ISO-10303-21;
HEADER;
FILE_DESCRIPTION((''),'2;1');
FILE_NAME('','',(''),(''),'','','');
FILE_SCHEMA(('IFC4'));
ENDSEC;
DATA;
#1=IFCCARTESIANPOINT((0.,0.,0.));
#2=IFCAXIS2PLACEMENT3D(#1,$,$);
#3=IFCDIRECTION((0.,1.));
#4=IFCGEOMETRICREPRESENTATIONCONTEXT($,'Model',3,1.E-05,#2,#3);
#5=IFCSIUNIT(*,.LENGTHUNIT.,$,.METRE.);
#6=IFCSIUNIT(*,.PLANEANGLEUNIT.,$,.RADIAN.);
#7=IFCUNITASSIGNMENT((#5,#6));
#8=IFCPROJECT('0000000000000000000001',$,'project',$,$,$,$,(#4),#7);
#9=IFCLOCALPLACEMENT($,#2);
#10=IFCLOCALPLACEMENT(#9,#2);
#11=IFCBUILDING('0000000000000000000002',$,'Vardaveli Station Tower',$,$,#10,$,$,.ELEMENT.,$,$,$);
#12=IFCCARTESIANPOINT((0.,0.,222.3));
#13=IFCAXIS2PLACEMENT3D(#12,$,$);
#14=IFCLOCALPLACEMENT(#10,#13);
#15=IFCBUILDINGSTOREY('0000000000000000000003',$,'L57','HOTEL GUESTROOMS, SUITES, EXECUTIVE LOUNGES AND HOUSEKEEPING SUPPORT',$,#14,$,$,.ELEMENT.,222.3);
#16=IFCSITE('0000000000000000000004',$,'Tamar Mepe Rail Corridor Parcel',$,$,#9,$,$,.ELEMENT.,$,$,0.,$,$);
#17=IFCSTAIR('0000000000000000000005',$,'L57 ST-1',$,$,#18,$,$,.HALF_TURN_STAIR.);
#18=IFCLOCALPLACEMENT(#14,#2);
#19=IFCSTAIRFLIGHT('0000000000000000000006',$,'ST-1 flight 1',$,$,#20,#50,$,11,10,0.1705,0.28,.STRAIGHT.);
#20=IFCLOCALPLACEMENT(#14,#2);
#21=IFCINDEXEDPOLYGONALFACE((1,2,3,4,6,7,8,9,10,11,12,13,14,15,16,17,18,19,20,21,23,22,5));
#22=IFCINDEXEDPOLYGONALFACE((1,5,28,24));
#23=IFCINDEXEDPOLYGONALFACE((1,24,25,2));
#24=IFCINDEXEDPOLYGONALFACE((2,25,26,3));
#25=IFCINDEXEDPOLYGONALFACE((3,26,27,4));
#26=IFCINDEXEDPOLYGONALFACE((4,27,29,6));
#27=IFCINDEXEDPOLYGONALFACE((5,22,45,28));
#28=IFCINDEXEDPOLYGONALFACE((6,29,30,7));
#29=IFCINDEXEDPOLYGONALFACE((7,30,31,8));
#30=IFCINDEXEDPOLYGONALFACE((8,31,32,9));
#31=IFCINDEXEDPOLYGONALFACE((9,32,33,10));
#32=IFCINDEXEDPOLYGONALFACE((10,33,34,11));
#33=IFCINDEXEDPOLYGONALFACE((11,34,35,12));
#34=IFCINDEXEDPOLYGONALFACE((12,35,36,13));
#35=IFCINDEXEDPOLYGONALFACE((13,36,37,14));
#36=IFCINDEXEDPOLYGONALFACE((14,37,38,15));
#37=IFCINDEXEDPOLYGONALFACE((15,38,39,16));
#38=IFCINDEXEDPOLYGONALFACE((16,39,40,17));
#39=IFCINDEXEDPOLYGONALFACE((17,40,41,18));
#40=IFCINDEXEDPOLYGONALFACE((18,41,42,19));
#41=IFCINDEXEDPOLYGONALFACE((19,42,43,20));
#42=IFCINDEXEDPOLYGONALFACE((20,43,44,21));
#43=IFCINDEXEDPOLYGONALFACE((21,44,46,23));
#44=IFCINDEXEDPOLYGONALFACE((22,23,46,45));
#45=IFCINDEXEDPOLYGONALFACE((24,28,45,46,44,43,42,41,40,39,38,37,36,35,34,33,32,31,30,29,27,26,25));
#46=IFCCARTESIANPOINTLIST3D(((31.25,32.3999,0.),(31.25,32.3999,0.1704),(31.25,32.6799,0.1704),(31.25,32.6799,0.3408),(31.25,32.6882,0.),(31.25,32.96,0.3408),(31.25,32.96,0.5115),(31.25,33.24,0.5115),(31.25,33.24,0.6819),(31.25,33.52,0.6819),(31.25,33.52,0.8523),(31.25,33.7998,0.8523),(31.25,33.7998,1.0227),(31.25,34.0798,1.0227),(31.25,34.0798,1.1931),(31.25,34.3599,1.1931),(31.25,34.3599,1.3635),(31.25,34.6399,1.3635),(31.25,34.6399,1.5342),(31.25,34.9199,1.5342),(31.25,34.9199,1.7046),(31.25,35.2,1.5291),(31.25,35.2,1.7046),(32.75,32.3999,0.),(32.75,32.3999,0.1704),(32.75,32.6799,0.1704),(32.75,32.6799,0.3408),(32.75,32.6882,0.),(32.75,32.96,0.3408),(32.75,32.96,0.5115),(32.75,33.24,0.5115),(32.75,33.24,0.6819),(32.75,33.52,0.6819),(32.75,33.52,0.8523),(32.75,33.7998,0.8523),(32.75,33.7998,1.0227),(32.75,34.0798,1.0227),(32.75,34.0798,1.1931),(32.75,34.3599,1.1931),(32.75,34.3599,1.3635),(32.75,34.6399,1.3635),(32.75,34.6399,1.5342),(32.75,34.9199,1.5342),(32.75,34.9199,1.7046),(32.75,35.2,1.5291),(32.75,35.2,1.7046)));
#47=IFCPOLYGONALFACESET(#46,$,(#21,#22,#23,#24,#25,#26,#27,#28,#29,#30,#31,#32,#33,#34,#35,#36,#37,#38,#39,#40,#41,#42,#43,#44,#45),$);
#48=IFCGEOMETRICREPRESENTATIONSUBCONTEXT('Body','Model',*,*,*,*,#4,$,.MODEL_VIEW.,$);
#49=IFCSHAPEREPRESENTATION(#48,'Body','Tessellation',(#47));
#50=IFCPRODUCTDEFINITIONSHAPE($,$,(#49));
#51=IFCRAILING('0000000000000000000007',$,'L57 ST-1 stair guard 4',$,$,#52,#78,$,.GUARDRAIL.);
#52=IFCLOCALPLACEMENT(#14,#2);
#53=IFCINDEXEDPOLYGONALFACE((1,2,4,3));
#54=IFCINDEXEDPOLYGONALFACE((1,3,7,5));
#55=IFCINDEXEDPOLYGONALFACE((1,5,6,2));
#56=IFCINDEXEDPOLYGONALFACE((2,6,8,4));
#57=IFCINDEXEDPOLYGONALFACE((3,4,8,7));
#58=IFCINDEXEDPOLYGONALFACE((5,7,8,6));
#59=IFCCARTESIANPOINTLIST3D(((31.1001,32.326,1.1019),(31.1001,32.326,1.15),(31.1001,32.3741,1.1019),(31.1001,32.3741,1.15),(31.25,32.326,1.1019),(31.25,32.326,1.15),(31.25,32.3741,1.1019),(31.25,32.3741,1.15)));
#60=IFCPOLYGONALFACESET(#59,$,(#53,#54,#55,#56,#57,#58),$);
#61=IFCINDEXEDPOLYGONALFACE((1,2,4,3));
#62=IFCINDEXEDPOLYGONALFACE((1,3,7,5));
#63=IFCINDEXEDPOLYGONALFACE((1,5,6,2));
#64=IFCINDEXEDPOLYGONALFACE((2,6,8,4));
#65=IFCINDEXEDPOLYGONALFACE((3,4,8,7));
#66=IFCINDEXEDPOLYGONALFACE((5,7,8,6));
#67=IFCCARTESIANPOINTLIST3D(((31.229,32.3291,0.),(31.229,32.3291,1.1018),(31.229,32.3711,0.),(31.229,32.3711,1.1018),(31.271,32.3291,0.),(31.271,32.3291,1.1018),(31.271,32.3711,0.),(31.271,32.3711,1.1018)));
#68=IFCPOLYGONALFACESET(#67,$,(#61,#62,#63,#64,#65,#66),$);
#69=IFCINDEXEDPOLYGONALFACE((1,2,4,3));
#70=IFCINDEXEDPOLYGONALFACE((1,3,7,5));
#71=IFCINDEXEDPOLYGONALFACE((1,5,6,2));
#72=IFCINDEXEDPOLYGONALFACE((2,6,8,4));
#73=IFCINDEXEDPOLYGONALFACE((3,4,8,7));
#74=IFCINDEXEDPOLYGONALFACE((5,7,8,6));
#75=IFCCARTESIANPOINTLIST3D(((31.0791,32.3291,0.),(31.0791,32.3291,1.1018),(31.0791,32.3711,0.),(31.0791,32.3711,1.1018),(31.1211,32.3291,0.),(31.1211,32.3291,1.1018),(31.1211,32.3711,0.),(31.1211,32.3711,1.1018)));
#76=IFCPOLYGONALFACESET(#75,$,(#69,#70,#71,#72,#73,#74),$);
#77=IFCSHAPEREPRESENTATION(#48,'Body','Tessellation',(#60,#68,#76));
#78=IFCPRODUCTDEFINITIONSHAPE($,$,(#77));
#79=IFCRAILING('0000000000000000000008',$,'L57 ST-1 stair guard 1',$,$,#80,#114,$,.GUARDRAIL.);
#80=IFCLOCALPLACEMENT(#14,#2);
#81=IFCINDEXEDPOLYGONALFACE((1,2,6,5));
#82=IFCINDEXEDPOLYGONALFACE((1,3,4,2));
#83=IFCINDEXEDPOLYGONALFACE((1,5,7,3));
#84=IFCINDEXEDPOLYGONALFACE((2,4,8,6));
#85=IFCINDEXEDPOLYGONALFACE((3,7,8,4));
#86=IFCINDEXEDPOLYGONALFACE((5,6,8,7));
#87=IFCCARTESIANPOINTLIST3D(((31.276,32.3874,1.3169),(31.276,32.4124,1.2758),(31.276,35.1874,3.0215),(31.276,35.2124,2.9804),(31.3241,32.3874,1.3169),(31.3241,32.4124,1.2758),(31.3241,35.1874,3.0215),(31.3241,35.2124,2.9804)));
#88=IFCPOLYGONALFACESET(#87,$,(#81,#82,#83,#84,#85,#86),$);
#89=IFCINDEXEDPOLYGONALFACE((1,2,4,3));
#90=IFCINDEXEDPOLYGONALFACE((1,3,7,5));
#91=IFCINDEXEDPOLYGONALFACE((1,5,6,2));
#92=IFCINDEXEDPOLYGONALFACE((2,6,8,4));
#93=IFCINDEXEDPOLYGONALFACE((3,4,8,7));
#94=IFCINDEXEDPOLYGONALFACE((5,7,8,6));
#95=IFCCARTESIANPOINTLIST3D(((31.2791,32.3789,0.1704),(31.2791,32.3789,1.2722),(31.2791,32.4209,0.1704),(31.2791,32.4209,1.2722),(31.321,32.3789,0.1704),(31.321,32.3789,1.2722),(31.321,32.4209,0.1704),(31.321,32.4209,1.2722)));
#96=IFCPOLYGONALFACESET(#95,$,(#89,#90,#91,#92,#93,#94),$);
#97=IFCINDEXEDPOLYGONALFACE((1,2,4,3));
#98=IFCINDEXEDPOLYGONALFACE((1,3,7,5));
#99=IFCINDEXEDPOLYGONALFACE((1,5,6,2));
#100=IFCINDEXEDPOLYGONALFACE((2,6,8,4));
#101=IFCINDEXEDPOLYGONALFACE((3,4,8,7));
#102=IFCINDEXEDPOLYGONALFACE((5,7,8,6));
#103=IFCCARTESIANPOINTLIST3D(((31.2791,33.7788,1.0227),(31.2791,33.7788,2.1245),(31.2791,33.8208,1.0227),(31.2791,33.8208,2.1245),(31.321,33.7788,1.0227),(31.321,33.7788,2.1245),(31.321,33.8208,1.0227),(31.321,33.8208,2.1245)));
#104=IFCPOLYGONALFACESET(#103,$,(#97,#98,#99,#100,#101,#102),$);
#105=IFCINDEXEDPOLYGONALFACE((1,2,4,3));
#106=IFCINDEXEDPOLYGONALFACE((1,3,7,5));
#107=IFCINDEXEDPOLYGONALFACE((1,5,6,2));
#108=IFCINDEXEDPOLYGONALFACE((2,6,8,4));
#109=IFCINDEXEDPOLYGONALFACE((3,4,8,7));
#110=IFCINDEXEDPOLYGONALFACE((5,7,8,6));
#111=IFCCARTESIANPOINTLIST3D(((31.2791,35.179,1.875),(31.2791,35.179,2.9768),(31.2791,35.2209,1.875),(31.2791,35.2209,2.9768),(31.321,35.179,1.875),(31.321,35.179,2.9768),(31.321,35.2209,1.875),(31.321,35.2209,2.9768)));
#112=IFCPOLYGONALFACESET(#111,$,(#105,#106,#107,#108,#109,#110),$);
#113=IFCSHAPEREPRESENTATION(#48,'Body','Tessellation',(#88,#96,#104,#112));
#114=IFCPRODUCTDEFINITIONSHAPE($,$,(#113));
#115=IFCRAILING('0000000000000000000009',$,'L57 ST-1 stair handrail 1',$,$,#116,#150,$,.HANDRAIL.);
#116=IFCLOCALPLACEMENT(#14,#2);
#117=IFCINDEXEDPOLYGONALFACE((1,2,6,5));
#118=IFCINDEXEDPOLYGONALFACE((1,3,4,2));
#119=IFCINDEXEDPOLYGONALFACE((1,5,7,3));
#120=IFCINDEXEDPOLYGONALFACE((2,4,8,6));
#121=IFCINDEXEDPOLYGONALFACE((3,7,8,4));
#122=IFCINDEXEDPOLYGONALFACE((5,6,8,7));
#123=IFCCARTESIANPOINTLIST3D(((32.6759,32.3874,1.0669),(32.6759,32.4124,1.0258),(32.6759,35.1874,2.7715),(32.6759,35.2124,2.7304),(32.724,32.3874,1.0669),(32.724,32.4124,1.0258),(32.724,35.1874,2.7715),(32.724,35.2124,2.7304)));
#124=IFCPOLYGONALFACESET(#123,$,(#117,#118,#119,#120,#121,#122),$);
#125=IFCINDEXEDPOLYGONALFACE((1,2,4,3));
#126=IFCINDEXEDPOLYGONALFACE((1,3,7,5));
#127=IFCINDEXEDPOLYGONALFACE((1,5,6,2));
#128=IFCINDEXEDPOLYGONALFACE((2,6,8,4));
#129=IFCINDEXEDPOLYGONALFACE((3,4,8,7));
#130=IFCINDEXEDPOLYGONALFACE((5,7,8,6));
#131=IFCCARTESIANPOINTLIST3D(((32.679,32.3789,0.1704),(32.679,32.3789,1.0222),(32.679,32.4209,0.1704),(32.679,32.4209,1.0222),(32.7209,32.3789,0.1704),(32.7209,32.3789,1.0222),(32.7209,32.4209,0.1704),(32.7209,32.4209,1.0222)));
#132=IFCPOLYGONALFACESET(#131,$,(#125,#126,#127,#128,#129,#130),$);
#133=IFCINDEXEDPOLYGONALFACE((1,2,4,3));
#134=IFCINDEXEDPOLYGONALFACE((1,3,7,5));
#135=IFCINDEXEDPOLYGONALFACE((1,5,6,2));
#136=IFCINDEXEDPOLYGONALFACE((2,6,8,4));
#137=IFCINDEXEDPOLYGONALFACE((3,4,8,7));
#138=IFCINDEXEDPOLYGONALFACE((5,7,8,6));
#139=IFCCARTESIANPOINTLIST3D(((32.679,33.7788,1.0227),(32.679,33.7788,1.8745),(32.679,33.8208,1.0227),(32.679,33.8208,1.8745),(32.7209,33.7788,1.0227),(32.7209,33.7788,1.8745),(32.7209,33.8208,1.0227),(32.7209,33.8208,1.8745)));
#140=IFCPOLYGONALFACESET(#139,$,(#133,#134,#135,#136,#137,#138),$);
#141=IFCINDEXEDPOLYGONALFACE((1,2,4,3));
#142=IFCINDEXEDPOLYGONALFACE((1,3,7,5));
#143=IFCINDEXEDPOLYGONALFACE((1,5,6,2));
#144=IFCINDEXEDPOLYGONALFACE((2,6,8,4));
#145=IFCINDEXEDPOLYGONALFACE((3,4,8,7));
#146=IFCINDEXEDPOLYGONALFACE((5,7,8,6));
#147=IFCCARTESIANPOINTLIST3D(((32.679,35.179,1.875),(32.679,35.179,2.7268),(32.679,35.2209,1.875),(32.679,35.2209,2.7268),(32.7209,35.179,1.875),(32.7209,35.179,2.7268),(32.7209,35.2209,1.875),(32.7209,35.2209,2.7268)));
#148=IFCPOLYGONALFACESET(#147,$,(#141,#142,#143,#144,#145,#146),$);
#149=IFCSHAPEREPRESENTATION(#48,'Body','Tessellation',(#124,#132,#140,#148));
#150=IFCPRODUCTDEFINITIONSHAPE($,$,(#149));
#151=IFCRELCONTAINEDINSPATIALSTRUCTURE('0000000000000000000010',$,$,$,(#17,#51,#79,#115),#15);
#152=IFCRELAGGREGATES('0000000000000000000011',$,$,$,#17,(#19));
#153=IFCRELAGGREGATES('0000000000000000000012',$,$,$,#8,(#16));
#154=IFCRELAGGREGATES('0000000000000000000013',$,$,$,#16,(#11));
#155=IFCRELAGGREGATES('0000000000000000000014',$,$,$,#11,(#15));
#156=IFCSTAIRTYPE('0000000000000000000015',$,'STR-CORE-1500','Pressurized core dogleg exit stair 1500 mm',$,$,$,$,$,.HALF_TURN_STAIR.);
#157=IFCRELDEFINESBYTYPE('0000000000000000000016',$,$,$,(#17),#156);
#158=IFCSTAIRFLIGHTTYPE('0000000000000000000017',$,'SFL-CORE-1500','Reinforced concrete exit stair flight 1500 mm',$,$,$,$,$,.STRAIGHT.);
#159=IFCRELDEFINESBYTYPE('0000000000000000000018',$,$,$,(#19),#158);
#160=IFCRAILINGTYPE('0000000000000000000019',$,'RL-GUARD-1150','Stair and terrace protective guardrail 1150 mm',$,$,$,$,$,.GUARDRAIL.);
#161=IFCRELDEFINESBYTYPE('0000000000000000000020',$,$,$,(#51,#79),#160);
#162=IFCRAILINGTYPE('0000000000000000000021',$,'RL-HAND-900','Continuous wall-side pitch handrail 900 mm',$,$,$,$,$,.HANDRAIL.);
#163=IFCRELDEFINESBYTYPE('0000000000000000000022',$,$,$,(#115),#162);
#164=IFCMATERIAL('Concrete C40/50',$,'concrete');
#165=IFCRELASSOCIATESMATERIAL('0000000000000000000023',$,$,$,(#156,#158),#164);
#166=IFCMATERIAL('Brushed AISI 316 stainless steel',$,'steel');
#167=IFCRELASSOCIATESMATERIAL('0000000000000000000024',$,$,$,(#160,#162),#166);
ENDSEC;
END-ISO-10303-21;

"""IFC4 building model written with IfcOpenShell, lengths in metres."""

from ifc_helpers import new_model, si_unit, direction, frame, origin, origin_2d, place, context, subcontext, project, spatial, polyline, rectangle, outline, extrude, source, transform, mapped, material, type_object, element, aggregate, save


model = new_model("IFC4")

# Units and contexts
model_context = context("Model", 3, precision=1e-05, world=origin(), true_north=direction((0.0, 1.0)))
body_context = subcontext(model_context, "Body", "Model", "MODEL_VIEW")
ifc_project = project(units=[si_unit("LENGTHUNIT", "METRE"), si_unit("PLANEANGLEUNIT", "RADIAN")], contexts=[model_context])

# Site, building, storey
site_placement = place(None, origin())
site = spatial("IfcSite", under=ifc_project, at=site_placement, Name="Tamar Mepe Rail Corridor Parcel", CompositionType="ELEMENT", RefElevation=0.0)
building_placement = place(site_placement, origin())
building = spatial("IfcBuilding", under=site, at=building_placement, Name="Vardaveli Station Tower", CompositionType="ELEMENT")
storey_placement = place(building_placement, frame((0.0, 0.0, 222.3)))
storey = spatial("IfcBuildingStorey", under=building, at=storey_placement, Name="L57", Description="HOTEL GUESTROOMS, SUITES, EXECUTIVE LOUNGES AND HOUSEKEEPING SUPPORT", CompositionType="ELEMENT", Elevation=222.3)

# Shared definitions
ifc_material_1 = material(Name="Concrete C40/50", Category="concrete")

# Stair, stair flight
stair_type = type_object("IfcStairType", Name="STR-CORE-1500", Description="Pressurized core dogleg exit stair 1500 mm", PredefinedType="HALF_TURN_STAIR", material=ifc_material_1)
stair_placement = place(storey_placement, origin())
stair = element("IfcStair", 1, at=stair_placement, inside=storey, type_object=stair_type, Name="L57 ST-1", PredefinedType="HALF_TURN_STAIR")
stair_flight_type = type_object("IfcStairFlightType", Name="SFL-CORE-1500", Description="Reinforced concrete exit stair flight 1500 mm", PredefinedType="STRAIGHT", material=ifc_material_1)
shared_shape_1 = source(origin(), body_context, "Body", "SweptSolid", [
    extrude(outline(polyline([(0.0, 0.0), (0.0, 0.1704), (0.28, 0.1704), (0.28, 0.3408), (0.5601, 0.3408), (0.5601, 0.5115), (0.8401, 0.5115), (0.8401, 0.6819), (1.1201, 0.6819), (1.1201, 0.8523), (1.3999, 0.8523), (1.3999, 1.0227), (1.6799, 1.0227), (1.6799, 1.1931), (1.96, 1.1931), (1.96, 1.3635), (2.24, 1.3635), (2.24, 1.5342), (2.52, 1.5342), (2.52, 1.7046), (2.8, 1.7046), (2.8, 1.875), (2.8, 1.5291), (0.2883, 0.0), (0.0, 0.0)])), frame((0.0, 0.75, 0.0), z_axis=(0.0, -1.0, 0.0), x_axis=(1.0, 0.0, 0.0)), (0.0, 0.0, 1.0), 1.5),
])
stair_flight_placement = place(storey_placement, frame((32.0, 32.3999, 0.0), z_axis=(0.0, 0.0, 1.0), x_axis=(0.0, 1.0, 0.0)))
stair_flight = element("IfcStairFlight", 2, at=stair_flight_placement, type_object=stair_flight_type, Name="ST-1 flight 1", NumberOfRisers=11, NumberOfTreads=10, PredefinedType="STRAIGHT", RiserHeight=0.1705, TreadLength=0.28, context=body_context, shape_type="MappedRepresentation", body=[
    mapped(shared_shape_1, transform((0.0, 0.0, 0.0), scale=1.0)),
])
aggregate(stair, [stair_flight])

# Railings
ifc_material_2 = material(Name="Brushed AISI 316 stainless steel", Category="steel")
railing_type_1 = type_object("IfcRailingType", Name="RL-GUARD-1150", Description="Stair and terrace protective guardrail 1150 mm", PredefinedType="GUARDRAIL", material=ifc_material_2)
shared_shape_2 = source(origin(), body_context, "Body", "SweptSolid", [
    extrude(rectangle(XDim=0.0481, YDim=0.0481, at=origin_2d()), frame((0.0, 0.0, 1.126), z_axis=(-1.0, 0.0, 0.0), x_axis=(0.0, -1.0, 0.0)), (0.0, 0.0, 1.0), 0.1499),
    extrude(rectangle(XDim=0.042, YDim=0.042, at=origin_2d()), origin(), (0.0, 0.0, 1.0), 1.1018),
    extrude(rectangle(XDim=0.042, YDim=0.042, at=origin_2d()), frame((-0.1499, 0.0, 0.0)), (0.0, 0.0, 1.0), 1.1018),
])
railing_1_placement = place(storey_placement, frame((31.25, 32.3501, 0.0)))
element("IfcRailing", 3, at=railing_1_placement, inside=storey, type_object=railing_type_1, Name="L57 ST-1 stair guard 4", PredefinedType="GUARDRAIL", context=body_context, shape_type="MappedRepresentation", body=[
    mapped(shared_shape_2, transform((0.0, 0.0, 0.0), scale=1.0)),
])
shared_shape_3 = source(origin(), body_context, "Body", "SweptSolid", [
    extrude(rectangle(XDim=0.0481, YDim=0.0481, at=origin_2d()), frame((0.0, 0.0, 1.126), z_axis=(0.0, 0.85417, 0.519994), x_axis=(-1.0, 0.0, 0.0)), (0.0, 0.0, 1.0), 3.2781),
    extrude(rectangle(XDim=0.042, YDim=0.042, at=origin_2d()), origin(), (0.0, 0.0, 1.0), 1.1018),
    extrude(rectangle(XDim=0.042, YDim=0.042, at=origin_2d()), frame((0.0, 1.3999, 0.8523)), (0.0, 0.0, 1.0), 1.1018),
    extrude(rectangle(XDim=0.042, YDim=0.042, at=origin_2d()), frame((0.0, 2.8, 1.7046)), (0.0, 0.0, 1.0), 1.1018),
])
railing_2_placement = place(storey_placement, frame((31.3, 32.3999, 0.1704)))
element("IfcRailing", 4, at=railing_2_placement, inside=storey, type_object=railing_type_1, Name="L57 ST-1 stair guard 1", PredefinedType="GUARDRAIL", context=body_context, shape_type="MappedRepresentation", body=[
    mapped(shared_shape_3, transform((0.0, 0.0, 0.0), scale=1.0)),
])
railing_type_2 = type_object("IfcRailingType", Name="RL-HAND-900", Description="Continuous wall-side pitch handrail 900 mm", PredefinedType="HANDRAIL", material=ifc_material_2)
shared_shape_4 = source(origin(), body_context, "Body", "SweptSolid", [
    extrude(rectangle(XDim=0.0481, YDim=0.0481, at=origin_2d()), frame((0.0, 0.0, 0.876), z_axis=(0.0, 0.85417, 0.519994), x_axis=(-1.0, 0.0, 0.0)), (0.0, 0.0, 1.0), 3.2781),
    extrude(rectangle(XDim=0.042, YDim=0.042, at=origin_2d()), origin(), (0.0, 0.0, 1.0), 0.8518),
    extrude(rectangle(XDim=0.042, YDim=0.042, at=origin_2d()), frame((0.0, 1.3999, 0.8523)), (0.0, 0.0, 1.0), 0.8518),
    extrude(rectangle(XDim=0.042, YDim=0.042, at=origin_2d()), frame((0.0, 2.8, 1.7046)), (0.0, 0.0, 1.0), 0.8518),
])
railing_3_placement = place(storey_placement, frame((32.7, 32.3999, 0.1704)))
element("IfcRailing", 5, at=railing_3_placement, inside=storey, type_object=railing_type_2, Name="L57 ST-1 stair handrail 1", PredefinedType="HANDRAIL", context=body_context, shape_type="MappedRepresentation", body=[
    mapped(shared_shape_4, transform((0.0, 0.0, 0.0), scale=1.0)),
])

save(model, "model.ifc")
